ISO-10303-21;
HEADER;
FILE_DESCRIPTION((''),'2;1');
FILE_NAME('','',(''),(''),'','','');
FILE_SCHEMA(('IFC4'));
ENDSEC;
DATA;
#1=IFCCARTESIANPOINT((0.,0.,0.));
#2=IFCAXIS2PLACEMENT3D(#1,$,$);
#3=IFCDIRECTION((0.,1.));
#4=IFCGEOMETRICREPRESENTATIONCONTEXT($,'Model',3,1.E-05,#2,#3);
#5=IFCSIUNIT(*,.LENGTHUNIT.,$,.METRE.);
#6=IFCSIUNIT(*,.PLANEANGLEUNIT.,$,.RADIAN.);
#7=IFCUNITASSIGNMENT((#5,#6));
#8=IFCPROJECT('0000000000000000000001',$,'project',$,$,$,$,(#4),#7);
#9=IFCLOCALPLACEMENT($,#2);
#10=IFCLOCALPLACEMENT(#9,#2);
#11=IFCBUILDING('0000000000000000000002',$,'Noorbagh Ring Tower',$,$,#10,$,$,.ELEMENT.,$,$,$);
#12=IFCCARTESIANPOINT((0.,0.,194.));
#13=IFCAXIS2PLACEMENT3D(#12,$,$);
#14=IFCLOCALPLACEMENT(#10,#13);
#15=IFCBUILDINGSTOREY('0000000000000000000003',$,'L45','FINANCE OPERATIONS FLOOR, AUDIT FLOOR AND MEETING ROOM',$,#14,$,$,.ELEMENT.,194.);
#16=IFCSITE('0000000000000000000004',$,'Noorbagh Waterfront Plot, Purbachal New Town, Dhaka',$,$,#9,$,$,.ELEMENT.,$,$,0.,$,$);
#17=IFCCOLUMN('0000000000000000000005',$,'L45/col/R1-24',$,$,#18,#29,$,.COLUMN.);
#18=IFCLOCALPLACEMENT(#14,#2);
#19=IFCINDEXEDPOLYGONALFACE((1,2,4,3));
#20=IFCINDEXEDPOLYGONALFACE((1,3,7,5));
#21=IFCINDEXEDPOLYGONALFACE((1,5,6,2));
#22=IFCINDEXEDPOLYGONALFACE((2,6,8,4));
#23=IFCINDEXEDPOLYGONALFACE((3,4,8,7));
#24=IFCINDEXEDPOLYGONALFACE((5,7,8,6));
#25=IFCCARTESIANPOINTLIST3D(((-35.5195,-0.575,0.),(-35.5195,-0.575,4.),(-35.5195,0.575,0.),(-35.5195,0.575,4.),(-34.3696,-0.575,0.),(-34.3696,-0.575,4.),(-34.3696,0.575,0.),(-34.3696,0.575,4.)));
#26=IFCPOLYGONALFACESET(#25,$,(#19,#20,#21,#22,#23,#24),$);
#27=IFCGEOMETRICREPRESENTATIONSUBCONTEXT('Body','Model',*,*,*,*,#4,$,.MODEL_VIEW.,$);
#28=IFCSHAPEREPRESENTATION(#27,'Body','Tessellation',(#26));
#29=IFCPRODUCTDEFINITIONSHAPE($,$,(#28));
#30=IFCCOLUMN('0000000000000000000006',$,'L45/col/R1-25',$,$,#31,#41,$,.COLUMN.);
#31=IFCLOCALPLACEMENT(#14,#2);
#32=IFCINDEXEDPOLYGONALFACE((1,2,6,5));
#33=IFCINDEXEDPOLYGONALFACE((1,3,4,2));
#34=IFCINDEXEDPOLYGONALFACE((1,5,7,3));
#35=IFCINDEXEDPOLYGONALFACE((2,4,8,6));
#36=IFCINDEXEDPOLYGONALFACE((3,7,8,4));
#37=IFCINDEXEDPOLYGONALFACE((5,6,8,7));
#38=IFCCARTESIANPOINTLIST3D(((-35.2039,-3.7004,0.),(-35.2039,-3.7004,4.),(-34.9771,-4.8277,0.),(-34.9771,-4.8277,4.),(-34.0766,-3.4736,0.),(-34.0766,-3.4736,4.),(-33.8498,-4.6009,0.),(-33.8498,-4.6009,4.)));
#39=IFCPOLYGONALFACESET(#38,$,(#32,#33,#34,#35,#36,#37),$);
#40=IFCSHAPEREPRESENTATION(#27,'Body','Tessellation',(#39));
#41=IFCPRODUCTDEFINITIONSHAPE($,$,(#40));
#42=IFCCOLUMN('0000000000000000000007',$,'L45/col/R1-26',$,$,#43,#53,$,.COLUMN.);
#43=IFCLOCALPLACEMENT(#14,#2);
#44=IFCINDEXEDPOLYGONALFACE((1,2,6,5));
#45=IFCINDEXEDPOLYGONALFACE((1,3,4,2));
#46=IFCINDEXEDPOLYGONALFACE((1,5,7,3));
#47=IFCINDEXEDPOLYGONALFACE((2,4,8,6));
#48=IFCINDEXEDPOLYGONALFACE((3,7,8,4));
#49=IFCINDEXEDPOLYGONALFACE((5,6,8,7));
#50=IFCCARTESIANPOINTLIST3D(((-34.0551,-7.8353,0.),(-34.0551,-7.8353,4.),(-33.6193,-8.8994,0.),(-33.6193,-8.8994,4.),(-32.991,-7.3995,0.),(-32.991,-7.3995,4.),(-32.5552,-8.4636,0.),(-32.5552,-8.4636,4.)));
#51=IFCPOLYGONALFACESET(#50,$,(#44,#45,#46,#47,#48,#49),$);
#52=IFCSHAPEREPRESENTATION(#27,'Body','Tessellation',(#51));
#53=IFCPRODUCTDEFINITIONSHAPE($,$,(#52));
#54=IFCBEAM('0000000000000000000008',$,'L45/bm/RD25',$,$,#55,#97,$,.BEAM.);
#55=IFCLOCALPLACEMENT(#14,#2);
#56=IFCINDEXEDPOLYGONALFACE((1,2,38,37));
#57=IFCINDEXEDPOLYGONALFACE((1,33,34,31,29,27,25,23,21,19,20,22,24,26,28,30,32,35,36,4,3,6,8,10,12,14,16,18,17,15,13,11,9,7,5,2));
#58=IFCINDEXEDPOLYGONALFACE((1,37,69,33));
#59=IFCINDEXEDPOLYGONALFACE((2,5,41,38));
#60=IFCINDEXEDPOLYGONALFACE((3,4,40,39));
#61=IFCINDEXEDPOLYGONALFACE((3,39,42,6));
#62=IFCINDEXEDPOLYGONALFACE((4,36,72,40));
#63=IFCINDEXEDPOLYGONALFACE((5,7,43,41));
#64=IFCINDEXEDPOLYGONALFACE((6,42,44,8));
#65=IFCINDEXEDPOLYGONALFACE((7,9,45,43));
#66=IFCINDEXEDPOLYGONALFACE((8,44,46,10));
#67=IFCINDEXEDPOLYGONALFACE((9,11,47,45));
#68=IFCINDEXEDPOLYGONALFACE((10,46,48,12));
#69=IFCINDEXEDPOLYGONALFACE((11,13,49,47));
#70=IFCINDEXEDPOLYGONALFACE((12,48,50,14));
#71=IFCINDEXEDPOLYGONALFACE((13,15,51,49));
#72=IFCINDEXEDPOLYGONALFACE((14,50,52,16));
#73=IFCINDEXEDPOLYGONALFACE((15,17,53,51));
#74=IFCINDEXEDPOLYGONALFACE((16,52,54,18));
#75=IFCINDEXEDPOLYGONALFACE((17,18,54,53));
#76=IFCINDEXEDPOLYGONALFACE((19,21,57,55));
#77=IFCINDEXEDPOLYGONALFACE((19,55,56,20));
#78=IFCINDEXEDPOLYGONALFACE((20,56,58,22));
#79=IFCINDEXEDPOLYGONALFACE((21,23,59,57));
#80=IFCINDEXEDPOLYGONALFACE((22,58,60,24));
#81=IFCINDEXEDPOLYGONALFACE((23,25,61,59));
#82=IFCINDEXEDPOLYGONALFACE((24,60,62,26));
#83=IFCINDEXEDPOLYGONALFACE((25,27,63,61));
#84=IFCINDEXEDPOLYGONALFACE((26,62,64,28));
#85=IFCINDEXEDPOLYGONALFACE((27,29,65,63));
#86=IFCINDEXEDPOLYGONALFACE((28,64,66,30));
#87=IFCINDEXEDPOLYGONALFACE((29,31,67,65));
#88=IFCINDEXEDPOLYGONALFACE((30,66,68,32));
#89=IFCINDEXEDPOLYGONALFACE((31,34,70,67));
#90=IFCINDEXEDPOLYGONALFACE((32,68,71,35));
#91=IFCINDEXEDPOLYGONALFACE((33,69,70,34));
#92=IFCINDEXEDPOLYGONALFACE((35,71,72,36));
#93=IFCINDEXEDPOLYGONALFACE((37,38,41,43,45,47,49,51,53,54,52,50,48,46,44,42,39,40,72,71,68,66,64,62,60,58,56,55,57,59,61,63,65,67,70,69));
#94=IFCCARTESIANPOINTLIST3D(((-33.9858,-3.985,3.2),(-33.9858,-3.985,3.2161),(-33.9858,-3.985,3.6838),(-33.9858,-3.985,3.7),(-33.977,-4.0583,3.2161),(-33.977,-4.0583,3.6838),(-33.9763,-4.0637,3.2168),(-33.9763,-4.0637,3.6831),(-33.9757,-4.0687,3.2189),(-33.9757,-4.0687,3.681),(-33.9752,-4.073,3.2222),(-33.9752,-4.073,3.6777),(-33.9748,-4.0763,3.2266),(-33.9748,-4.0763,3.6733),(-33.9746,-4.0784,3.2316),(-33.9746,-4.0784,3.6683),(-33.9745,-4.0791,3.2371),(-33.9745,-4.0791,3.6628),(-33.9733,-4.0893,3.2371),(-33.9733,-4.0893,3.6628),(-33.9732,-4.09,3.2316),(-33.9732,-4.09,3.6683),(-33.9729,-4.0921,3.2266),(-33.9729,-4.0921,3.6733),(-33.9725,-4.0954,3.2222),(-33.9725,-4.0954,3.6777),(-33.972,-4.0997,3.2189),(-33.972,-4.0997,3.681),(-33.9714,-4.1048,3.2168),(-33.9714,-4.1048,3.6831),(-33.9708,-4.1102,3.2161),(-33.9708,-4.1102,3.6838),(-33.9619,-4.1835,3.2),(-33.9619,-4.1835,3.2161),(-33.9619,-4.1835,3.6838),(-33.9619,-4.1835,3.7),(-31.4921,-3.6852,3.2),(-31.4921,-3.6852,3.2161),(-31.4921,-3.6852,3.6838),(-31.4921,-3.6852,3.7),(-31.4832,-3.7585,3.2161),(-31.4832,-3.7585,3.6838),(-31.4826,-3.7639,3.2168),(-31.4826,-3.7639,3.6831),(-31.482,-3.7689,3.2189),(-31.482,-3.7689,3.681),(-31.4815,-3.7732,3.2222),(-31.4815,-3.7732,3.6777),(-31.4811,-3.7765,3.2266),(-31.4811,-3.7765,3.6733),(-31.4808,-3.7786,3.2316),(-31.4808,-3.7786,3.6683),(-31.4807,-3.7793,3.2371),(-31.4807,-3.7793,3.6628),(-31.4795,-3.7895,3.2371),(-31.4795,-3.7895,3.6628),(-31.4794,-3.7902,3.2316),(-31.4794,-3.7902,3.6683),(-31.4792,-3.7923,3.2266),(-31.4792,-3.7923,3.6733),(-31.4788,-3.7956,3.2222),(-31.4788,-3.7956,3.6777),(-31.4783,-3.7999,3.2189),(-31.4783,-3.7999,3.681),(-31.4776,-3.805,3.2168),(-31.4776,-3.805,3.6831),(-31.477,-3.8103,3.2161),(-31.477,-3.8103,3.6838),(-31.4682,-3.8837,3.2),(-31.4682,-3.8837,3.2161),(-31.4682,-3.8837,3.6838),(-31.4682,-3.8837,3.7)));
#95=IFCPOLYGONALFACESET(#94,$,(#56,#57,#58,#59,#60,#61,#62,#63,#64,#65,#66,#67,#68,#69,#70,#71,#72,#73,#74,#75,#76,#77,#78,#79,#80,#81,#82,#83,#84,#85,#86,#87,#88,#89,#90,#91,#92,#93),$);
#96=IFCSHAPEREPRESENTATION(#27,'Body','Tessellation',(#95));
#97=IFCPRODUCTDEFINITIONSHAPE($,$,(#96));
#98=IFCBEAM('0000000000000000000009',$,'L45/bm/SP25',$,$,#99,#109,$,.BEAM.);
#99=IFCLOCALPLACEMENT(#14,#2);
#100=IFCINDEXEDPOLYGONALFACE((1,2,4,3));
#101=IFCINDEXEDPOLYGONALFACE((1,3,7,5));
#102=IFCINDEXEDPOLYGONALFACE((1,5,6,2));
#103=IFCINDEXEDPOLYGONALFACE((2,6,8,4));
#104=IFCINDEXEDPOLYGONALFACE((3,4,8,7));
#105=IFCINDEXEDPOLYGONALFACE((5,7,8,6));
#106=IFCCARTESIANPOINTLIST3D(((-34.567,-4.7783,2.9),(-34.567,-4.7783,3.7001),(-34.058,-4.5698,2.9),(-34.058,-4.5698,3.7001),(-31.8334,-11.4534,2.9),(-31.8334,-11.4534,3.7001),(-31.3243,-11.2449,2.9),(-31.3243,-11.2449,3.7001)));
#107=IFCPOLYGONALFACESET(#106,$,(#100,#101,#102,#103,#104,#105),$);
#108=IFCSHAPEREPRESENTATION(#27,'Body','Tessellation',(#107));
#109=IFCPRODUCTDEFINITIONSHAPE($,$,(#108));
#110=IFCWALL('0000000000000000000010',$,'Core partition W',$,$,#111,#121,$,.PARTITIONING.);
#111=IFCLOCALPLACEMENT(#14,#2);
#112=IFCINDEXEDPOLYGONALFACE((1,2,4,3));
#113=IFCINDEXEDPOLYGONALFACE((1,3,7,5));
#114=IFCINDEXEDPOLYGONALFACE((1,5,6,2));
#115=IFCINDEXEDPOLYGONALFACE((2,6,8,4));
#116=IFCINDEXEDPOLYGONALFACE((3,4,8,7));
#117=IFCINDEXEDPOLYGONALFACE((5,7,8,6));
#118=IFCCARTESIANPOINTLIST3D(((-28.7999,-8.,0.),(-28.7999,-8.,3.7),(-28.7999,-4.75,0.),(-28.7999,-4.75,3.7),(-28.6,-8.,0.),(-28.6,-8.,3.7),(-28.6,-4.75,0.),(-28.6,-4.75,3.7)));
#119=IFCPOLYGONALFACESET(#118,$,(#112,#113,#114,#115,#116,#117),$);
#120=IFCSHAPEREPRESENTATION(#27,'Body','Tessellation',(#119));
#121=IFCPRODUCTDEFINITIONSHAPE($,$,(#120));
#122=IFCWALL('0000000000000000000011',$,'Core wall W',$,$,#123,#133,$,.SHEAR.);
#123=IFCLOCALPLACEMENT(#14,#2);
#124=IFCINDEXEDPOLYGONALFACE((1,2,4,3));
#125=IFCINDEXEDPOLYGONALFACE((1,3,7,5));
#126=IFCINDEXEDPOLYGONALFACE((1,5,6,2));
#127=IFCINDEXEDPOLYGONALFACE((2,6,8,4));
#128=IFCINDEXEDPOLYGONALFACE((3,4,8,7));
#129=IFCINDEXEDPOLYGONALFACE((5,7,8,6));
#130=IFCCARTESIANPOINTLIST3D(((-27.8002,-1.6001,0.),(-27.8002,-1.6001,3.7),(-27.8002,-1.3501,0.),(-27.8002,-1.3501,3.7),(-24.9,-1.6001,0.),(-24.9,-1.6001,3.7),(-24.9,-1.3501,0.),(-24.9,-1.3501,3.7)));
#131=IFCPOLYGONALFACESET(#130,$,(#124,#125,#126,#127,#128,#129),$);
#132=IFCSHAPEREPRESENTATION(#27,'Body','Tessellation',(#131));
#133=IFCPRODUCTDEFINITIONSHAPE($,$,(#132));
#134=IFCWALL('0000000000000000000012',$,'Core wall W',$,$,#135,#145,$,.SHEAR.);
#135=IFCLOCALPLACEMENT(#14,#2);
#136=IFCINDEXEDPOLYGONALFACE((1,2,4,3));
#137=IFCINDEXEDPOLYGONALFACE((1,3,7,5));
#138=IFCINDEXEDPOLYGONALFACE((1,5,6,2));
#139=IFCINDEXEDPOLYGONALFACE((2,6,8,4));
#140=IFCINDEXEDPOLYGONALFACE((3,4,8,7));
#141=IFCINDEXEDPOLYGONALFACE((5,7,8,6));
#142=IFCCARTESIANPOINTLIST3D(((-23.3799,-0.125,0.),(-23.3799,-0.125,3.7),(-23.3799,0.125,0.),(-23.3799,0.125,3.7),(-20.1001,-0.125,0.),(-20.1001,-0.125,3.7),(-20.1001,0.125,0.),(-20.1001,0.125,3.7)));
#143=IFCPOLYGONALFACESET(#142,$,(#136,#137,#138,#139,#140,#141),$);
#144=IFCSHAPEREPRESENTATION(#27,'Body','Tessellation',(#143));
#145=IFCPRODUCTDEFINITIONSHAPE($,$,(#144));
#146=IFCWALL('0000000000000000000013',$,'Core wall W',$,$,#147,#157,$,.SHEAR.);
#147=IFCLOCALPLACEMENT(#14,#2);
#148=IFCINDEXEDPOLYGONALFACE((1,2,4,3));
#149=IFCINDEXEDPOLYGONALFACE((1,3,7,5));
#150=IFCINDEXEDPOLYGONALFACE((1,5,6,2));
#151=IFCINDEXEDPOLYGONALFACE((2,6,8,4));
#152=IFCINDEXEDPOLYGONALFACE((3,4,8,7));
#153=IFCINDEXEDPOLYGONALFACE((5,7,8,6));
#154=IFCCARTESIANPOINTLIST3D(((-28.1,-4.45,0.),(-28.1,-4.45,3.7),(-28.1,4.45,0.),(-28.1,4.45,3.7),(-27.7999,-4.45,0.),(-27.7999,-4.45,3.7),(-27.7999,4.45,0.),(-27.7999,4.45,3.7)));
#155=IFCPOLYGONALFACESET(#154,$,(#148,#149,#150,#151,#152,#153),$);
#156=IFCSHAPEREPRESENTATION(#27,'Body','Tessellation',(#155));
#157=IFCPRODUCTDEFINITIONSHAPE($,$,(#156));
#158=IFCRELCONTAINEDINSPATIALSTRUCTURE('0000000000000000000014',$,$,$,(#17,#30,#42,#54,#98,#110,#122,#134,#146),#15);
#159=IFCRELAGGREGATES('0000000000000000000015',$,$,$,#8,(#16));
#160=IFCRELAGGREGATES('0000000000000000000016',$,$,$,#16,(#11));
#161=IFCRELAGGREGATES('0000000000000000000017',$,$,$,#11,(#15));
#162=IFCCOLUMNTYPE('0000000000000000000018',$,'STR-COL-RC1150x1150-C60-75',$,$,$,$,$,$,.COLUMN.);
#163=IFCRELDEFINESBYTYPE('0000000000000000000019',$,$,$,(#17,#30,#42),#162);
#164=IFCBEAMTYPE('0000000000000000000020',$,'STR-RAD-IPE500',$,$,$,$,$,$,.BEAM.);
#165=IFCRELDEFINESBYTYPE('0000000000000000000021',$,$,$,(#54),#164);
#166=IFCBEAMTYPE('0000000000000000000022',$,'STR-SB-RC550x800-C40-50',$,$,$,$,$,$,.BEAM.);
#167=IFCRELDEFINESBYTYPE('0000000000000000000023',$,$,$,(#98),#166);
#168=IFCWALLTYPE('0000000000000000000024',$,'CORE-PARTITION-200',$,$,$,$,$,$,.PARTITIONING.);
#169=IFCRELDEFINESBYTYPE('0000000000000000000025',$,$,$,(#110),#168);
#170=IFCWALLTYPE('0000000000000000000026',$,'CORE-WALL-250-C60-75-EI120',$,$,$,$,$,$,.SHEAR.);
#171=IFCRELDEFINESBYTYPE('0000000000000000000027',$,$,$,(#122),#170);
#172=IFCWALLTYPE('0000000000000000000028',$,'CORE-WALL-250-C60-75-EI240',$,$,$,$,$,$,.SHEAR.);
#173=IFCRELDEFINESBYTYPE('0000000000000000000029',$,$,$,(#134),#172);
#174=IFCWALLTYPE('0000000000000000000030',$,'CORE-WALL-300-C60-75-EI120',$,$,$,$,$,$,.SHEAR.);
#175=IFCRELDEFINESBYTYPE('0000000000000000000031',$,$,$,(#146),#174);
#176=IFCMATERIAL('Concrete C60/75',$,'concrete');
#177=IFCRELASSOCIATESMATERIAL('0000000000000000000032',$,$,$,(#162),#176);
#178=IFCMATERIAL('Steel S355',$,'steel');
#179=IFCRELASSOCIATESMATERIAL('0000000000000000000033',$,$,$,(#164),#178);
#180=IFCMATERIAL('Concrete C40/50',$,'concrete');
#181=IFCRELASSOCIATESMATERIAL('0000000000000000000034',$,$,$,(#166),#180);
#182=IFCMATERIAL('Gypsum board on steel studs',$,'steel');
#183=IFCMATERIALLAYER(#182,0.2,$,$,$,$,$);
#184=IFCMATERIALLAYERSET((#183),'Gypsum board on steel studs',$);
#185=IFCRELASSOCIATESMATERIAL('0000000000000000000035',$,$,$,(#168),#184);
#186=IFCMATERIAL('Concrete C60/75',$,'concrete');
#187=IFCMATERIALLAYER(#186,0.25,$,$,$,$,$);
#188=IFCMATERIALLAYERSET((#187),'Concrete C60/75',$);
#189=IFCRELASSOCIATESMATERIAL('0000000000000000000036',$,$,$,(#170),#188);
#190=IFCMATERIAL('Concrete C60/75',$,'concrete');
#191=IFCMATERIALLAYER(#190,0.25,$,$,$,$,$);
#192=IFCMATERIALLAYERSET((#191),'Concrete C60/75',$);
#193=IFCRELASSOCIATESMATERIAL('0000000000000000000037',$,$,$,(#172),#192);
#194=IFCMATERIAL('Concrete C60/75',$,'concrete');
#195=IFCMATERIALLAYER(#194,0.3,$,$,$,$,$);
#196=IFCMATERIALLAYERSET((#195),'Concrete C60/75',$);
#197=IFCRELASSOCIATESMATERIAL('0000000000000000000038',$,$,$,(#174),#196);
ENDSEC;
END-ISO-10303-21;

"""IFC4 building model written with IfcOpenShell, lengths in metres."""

from ifc_helpers import new_model, si_unit, direction, frame, frame_2d, origin, origin_2d, place, context, subcontext, project, spatial, rectangle, i_section, extrude, material, layer, layer_set, material_profile, profile_set, type_object, element, save


model = new_model("IFC4")

# Units and contexts
model_context = context("Model", 3, precision=1e-05, world=origin(), true_north=direction((0.0, 1.0)))
body_context = subcontext(model_context, "Body", "Model", "MODEL_VIEW")
ifc_project = project(units=[si_unit("LENGTHUNIT", "METRE"), si_unit("PLANEANGLEUNIT", "RADIAN")], contexts=[model_context])

# Site, building, storey
site_placement = place(None, origin())
site = spatial("IfcSite", under=ifc_project, at=site_placement, Name="Noorbagh Waterfront Plot, Purbachal New Town, Dhaka", CompositionType="ELEMENT", RefElevation=0.0)
building_placement = place(site_placement, origin())
building = spatial("IfcBuilding", under=site, at=building_placement, Name="Noorbagh Ring Tower", CompositionType="ELEMENT")
storey_placement = place(building_placement, frame((0.0, 0.0, 194.0)))
storey = spatial("IfcBuildingStorey", under=building, at=storey_placement, Name="L45", Description="FINANCE OPERATIONS FLOOR, AUDIT FLOOR AND MEETING ROOM", CompositionType="ELEMENT", Elevation=194.0)

# Columns
ifc_material_1 = material(Name="Concrete C60/75", Category="concrete")
ifc_material_profile_1 = material_profile(ifc_material_1, rectangle(XDim=1.1499, YDim=1.1499, at=origin_2d()), Name="RC1150x1150")
ifc_profile_set_1 = profile_set([ifc_material_profile_1], Name="Concrete C60/75")
column_type = type_object("IfcColumnType", Name="STR-COL-RC1150x1150-C60-75", PredefinedType="COLUMN", material=ifc_profile_set_1)
for number, where, z_axis, x_axis, name in (
    (1, (-34.9446, 0.0, 0.0), (0.0, 0.0, 1.0), (0.0, -1.0, 0.0), "L45/col/R1-24"),
    (2, (-34.5269, -4.1506, 0.0), (0.0, 0.0, 1.0), (0.19723, -0.980357, 0.0), "L45/col/R1-25"),
    (3, (-33.3052, -8.1494, 0.0), (0.0, 0.0, 1.0), (0.378989, -0.925401, 0.0), "L45/col/R1-26"),
):
    element("IfcColumn", number, at=place(storey_placement, frame(where, z_axis=z_axis, x_axis=x_axis)), inside=storey, type_object=column_type, Name=name, PredefinedType="COLUMN", context=body_context, shape_type="SweptSolid", body=[
        extrude(rectangle(XDim=1.1499, YDim=1.1499, at=origin_2d()), origin(), (0.0, 0.0, 1.0), 4.0),
    ])

# Beams
ifc_material_2 = material(Name="Steel S355", Category="steel")
ifc_material_profile_2 = material_profile(ifc_material_2, i_section(OverallWidth=0.2, OverallDepth=0.5, WebThickness=0.0103, FlangeThickness=0.0161, FilletRadius=0.021, at=origin_2d()), Name="IPE500")
ifc_profile_set_2 = profile_set([ifc_material_profile_2], Name="Steel S355")
beam_type_1 = type_object("IfcBeamType", Name="STR-RAD-IPE500", PredefinedType="BEAM", material=ifc_profile_set_2)
beam_1_placement = place(storey_placement, frame((-33.9739, -4.0842, 3.45), z_axis=(0.99285, 0.119368, 0.0), x_axis=(-0.119368, 0.99285, 0.0)))
element("IfcBeam", 4, at=beam_1_placement, inside=storey, type_object=beam_type_1, Name="L45/bm/RD25", PredefinedType="BEAM", context=body_context, shape_type="SweptSolid", body=[
    extrude(i_section(OverallWidth=0.2, OverallDepth=0.5, WebThickness=0.0103, FlangeThickness=0.0161, FilletRadius=0.021, at=origin_2d()), origin(), (0.0, 0.0, 1.0), 2.5117),
])
ifc_material_3 = material(Name="Concrete C40/50", Category="concrete")
ifc_material_profile_3 = material_profile(ifc_material_3, rectangle(XDim=0.55, YDim=0.8, at=origin_2d()), Name="RC550x800")
ifc_profile_set_3 = profile_set([ifc_material_profile_3], Name="Concrete C40/50")
beam_type_2 = type_object("IfcBeamType", Name="STR-SB-RC550x800-C40-50", PredefinedType="BEAM", material=ifc_profile_set_3)
beam_2_placement = place(storey_placement, frame((-34.3125, -4.6741, 3.3), z_axis=(0.378982, -0.925404, 0.0), x_axis=(0.925404, 0.378982, 0.0)))
element("IfcBeam", 5, at=beam_2_placement, inside=storey, type_object=beam_type_2, Name="L45/bm/SP25", PredefinedType="BEAM", context=body_context, shape_type="SweptSolid", body=[
    extrude(rectangle(XDim=0.55, YDim=0.8, at=origin_2d()), origin(), (0.0, 0.0, 1.0), 7.2131),
])

# Walls
ifc_material_4 = material(Name="Gypsum board on steel studs", Category="steel")
ifc_layer_1 = layer(ifc_material_4, 0.2)
ifc_layer_set_1 = layer_set([ifc_layer_1], Name="Gypsum board on steel studs")
wall_type_1 = type_object("IfcWallType", Name="CORE-PARTITION-200", PredefinedType="PARTITIONING", material=ifc_layer_set_1)
wall_1_placement = place(storey_placement, frame((-28.7, -8.0, 0.0), z_axis=(0.0, 0.0, 1.0), x_axis=(0.0, 1.0, 0.0)))
element("IfcWall", 6, at=wall_1_placement, inside=storey, type_object=wall_type_1, Name="Core partition W", PredefinedType="PARTITIONING", context=body_context, shape_type="SweptSolid", body=[
    extrude(rectangle(XDim=3.25, YDim=0.2, at=frame_2d((1.625, 0.0))), origin(), (0.0, 0.0, 1.0), 3.7),
])
ifc_material_5 = material(Name="Concrete C60/75", Category="concrete")
ifc_layer_2 = layer(ifc_material_5, 0.25)
ifc_layer_set_2 = layer_set([ifc_layer_2], Name="Concrete C60/75")
wall_type_2 = type_object("IfcWallType", Name="CORE-WALL-250-C60-75-EI120", PredefinedType="SHEAR", material=ifc_layer_set_2)
wall_2_placement = place(storey_placement, frame((-24.8999, -1.4751, 0.0), z_axis=(0.0, 0.0, 1.0), x_axis=(-1.0, 0.0, 0.0)))
element("IfcWall", 7, at=wall_2_placement, inside=storey, type_object=wall_type_2, Name="Core wall W", PredefinedType="SHEAR", context=body_context, shape_type="SweptSolid", body=[
    extrude(rectangle(XDim=2.9001, YDim=0.25, at=frame_2d((1.4502, 0.0))), origin(), (0.0, 0.0, 1.0), 3.7),
])
ifc_material_6 = material(Name="Concrete C60/75", Category="concrete")
ifc_layer_3 = layer(ifc_material_6, 0.25)
ifc_layer_set_3 = layer_set([ifc_layer_3], Name="Concrete C60/75")
wall_type_3 = type_object("IfcWallType", Name="CORE-WALL-250-C60-75-EI240", PredefinedType="SHEAR", material=ifc_layer_set_3)
wall_3_placement = place(storey_placement, frame((-20.1001, 0.0, 0.0), z_axis=(0.0, 0.0, 1.0), x_axis=(-1.0, 0.0, 0.0)))
element("IfcWall", 8, at=wall_3_placement, inside=storey, type_object=wall_type_3, Name="Core wall W", PredefinedType="SHEAR", context=body_context, shape_type="SweptSolid", body=[
    extrude(rectangle(XDim=3.2798, YDim=0.25, at=frame_2d((1.6399, 0.0))), origin(), (0.0, 0.0, 1.0), 3.7),
])
ifc_material_7 = material(Name="Concrete C60/75", Category="concrete")
ifc_layer_4 = layer(ifc_material_7, 0.3)
ifc_layer_set_4 = layer_set([ifc_layer_4], Name="Concrete C60/75")
wall_type_4 = type_object("IfcWallType", Name="CORE-WALL-300-C60-75-EI120", PredefinedType="SHEAR", material=ifc_layer_set_4)
wall_4_placement = place(storey_placement, frame((-27.95, -4.45, 0.0), z_axis=(0.0, 0.0, 1.0), x_axis=(0.0, 1.0, 0.0)))
element("IfcWall", 9, at=wall_4_placement, inside=storey, type_object=wall_type_4, Name="Core wall W", PredefinedType="SHEAR", context=body_context, shape_type="SweptSolid", body=[
    extrude(rectangle(XDim=8.8999, YDim=0.3, at=frame_2d((4.45, 0.0))), origin(), (0.0, 0.0, 1.0), 3.7),
])

save(model, "model.ifc")
